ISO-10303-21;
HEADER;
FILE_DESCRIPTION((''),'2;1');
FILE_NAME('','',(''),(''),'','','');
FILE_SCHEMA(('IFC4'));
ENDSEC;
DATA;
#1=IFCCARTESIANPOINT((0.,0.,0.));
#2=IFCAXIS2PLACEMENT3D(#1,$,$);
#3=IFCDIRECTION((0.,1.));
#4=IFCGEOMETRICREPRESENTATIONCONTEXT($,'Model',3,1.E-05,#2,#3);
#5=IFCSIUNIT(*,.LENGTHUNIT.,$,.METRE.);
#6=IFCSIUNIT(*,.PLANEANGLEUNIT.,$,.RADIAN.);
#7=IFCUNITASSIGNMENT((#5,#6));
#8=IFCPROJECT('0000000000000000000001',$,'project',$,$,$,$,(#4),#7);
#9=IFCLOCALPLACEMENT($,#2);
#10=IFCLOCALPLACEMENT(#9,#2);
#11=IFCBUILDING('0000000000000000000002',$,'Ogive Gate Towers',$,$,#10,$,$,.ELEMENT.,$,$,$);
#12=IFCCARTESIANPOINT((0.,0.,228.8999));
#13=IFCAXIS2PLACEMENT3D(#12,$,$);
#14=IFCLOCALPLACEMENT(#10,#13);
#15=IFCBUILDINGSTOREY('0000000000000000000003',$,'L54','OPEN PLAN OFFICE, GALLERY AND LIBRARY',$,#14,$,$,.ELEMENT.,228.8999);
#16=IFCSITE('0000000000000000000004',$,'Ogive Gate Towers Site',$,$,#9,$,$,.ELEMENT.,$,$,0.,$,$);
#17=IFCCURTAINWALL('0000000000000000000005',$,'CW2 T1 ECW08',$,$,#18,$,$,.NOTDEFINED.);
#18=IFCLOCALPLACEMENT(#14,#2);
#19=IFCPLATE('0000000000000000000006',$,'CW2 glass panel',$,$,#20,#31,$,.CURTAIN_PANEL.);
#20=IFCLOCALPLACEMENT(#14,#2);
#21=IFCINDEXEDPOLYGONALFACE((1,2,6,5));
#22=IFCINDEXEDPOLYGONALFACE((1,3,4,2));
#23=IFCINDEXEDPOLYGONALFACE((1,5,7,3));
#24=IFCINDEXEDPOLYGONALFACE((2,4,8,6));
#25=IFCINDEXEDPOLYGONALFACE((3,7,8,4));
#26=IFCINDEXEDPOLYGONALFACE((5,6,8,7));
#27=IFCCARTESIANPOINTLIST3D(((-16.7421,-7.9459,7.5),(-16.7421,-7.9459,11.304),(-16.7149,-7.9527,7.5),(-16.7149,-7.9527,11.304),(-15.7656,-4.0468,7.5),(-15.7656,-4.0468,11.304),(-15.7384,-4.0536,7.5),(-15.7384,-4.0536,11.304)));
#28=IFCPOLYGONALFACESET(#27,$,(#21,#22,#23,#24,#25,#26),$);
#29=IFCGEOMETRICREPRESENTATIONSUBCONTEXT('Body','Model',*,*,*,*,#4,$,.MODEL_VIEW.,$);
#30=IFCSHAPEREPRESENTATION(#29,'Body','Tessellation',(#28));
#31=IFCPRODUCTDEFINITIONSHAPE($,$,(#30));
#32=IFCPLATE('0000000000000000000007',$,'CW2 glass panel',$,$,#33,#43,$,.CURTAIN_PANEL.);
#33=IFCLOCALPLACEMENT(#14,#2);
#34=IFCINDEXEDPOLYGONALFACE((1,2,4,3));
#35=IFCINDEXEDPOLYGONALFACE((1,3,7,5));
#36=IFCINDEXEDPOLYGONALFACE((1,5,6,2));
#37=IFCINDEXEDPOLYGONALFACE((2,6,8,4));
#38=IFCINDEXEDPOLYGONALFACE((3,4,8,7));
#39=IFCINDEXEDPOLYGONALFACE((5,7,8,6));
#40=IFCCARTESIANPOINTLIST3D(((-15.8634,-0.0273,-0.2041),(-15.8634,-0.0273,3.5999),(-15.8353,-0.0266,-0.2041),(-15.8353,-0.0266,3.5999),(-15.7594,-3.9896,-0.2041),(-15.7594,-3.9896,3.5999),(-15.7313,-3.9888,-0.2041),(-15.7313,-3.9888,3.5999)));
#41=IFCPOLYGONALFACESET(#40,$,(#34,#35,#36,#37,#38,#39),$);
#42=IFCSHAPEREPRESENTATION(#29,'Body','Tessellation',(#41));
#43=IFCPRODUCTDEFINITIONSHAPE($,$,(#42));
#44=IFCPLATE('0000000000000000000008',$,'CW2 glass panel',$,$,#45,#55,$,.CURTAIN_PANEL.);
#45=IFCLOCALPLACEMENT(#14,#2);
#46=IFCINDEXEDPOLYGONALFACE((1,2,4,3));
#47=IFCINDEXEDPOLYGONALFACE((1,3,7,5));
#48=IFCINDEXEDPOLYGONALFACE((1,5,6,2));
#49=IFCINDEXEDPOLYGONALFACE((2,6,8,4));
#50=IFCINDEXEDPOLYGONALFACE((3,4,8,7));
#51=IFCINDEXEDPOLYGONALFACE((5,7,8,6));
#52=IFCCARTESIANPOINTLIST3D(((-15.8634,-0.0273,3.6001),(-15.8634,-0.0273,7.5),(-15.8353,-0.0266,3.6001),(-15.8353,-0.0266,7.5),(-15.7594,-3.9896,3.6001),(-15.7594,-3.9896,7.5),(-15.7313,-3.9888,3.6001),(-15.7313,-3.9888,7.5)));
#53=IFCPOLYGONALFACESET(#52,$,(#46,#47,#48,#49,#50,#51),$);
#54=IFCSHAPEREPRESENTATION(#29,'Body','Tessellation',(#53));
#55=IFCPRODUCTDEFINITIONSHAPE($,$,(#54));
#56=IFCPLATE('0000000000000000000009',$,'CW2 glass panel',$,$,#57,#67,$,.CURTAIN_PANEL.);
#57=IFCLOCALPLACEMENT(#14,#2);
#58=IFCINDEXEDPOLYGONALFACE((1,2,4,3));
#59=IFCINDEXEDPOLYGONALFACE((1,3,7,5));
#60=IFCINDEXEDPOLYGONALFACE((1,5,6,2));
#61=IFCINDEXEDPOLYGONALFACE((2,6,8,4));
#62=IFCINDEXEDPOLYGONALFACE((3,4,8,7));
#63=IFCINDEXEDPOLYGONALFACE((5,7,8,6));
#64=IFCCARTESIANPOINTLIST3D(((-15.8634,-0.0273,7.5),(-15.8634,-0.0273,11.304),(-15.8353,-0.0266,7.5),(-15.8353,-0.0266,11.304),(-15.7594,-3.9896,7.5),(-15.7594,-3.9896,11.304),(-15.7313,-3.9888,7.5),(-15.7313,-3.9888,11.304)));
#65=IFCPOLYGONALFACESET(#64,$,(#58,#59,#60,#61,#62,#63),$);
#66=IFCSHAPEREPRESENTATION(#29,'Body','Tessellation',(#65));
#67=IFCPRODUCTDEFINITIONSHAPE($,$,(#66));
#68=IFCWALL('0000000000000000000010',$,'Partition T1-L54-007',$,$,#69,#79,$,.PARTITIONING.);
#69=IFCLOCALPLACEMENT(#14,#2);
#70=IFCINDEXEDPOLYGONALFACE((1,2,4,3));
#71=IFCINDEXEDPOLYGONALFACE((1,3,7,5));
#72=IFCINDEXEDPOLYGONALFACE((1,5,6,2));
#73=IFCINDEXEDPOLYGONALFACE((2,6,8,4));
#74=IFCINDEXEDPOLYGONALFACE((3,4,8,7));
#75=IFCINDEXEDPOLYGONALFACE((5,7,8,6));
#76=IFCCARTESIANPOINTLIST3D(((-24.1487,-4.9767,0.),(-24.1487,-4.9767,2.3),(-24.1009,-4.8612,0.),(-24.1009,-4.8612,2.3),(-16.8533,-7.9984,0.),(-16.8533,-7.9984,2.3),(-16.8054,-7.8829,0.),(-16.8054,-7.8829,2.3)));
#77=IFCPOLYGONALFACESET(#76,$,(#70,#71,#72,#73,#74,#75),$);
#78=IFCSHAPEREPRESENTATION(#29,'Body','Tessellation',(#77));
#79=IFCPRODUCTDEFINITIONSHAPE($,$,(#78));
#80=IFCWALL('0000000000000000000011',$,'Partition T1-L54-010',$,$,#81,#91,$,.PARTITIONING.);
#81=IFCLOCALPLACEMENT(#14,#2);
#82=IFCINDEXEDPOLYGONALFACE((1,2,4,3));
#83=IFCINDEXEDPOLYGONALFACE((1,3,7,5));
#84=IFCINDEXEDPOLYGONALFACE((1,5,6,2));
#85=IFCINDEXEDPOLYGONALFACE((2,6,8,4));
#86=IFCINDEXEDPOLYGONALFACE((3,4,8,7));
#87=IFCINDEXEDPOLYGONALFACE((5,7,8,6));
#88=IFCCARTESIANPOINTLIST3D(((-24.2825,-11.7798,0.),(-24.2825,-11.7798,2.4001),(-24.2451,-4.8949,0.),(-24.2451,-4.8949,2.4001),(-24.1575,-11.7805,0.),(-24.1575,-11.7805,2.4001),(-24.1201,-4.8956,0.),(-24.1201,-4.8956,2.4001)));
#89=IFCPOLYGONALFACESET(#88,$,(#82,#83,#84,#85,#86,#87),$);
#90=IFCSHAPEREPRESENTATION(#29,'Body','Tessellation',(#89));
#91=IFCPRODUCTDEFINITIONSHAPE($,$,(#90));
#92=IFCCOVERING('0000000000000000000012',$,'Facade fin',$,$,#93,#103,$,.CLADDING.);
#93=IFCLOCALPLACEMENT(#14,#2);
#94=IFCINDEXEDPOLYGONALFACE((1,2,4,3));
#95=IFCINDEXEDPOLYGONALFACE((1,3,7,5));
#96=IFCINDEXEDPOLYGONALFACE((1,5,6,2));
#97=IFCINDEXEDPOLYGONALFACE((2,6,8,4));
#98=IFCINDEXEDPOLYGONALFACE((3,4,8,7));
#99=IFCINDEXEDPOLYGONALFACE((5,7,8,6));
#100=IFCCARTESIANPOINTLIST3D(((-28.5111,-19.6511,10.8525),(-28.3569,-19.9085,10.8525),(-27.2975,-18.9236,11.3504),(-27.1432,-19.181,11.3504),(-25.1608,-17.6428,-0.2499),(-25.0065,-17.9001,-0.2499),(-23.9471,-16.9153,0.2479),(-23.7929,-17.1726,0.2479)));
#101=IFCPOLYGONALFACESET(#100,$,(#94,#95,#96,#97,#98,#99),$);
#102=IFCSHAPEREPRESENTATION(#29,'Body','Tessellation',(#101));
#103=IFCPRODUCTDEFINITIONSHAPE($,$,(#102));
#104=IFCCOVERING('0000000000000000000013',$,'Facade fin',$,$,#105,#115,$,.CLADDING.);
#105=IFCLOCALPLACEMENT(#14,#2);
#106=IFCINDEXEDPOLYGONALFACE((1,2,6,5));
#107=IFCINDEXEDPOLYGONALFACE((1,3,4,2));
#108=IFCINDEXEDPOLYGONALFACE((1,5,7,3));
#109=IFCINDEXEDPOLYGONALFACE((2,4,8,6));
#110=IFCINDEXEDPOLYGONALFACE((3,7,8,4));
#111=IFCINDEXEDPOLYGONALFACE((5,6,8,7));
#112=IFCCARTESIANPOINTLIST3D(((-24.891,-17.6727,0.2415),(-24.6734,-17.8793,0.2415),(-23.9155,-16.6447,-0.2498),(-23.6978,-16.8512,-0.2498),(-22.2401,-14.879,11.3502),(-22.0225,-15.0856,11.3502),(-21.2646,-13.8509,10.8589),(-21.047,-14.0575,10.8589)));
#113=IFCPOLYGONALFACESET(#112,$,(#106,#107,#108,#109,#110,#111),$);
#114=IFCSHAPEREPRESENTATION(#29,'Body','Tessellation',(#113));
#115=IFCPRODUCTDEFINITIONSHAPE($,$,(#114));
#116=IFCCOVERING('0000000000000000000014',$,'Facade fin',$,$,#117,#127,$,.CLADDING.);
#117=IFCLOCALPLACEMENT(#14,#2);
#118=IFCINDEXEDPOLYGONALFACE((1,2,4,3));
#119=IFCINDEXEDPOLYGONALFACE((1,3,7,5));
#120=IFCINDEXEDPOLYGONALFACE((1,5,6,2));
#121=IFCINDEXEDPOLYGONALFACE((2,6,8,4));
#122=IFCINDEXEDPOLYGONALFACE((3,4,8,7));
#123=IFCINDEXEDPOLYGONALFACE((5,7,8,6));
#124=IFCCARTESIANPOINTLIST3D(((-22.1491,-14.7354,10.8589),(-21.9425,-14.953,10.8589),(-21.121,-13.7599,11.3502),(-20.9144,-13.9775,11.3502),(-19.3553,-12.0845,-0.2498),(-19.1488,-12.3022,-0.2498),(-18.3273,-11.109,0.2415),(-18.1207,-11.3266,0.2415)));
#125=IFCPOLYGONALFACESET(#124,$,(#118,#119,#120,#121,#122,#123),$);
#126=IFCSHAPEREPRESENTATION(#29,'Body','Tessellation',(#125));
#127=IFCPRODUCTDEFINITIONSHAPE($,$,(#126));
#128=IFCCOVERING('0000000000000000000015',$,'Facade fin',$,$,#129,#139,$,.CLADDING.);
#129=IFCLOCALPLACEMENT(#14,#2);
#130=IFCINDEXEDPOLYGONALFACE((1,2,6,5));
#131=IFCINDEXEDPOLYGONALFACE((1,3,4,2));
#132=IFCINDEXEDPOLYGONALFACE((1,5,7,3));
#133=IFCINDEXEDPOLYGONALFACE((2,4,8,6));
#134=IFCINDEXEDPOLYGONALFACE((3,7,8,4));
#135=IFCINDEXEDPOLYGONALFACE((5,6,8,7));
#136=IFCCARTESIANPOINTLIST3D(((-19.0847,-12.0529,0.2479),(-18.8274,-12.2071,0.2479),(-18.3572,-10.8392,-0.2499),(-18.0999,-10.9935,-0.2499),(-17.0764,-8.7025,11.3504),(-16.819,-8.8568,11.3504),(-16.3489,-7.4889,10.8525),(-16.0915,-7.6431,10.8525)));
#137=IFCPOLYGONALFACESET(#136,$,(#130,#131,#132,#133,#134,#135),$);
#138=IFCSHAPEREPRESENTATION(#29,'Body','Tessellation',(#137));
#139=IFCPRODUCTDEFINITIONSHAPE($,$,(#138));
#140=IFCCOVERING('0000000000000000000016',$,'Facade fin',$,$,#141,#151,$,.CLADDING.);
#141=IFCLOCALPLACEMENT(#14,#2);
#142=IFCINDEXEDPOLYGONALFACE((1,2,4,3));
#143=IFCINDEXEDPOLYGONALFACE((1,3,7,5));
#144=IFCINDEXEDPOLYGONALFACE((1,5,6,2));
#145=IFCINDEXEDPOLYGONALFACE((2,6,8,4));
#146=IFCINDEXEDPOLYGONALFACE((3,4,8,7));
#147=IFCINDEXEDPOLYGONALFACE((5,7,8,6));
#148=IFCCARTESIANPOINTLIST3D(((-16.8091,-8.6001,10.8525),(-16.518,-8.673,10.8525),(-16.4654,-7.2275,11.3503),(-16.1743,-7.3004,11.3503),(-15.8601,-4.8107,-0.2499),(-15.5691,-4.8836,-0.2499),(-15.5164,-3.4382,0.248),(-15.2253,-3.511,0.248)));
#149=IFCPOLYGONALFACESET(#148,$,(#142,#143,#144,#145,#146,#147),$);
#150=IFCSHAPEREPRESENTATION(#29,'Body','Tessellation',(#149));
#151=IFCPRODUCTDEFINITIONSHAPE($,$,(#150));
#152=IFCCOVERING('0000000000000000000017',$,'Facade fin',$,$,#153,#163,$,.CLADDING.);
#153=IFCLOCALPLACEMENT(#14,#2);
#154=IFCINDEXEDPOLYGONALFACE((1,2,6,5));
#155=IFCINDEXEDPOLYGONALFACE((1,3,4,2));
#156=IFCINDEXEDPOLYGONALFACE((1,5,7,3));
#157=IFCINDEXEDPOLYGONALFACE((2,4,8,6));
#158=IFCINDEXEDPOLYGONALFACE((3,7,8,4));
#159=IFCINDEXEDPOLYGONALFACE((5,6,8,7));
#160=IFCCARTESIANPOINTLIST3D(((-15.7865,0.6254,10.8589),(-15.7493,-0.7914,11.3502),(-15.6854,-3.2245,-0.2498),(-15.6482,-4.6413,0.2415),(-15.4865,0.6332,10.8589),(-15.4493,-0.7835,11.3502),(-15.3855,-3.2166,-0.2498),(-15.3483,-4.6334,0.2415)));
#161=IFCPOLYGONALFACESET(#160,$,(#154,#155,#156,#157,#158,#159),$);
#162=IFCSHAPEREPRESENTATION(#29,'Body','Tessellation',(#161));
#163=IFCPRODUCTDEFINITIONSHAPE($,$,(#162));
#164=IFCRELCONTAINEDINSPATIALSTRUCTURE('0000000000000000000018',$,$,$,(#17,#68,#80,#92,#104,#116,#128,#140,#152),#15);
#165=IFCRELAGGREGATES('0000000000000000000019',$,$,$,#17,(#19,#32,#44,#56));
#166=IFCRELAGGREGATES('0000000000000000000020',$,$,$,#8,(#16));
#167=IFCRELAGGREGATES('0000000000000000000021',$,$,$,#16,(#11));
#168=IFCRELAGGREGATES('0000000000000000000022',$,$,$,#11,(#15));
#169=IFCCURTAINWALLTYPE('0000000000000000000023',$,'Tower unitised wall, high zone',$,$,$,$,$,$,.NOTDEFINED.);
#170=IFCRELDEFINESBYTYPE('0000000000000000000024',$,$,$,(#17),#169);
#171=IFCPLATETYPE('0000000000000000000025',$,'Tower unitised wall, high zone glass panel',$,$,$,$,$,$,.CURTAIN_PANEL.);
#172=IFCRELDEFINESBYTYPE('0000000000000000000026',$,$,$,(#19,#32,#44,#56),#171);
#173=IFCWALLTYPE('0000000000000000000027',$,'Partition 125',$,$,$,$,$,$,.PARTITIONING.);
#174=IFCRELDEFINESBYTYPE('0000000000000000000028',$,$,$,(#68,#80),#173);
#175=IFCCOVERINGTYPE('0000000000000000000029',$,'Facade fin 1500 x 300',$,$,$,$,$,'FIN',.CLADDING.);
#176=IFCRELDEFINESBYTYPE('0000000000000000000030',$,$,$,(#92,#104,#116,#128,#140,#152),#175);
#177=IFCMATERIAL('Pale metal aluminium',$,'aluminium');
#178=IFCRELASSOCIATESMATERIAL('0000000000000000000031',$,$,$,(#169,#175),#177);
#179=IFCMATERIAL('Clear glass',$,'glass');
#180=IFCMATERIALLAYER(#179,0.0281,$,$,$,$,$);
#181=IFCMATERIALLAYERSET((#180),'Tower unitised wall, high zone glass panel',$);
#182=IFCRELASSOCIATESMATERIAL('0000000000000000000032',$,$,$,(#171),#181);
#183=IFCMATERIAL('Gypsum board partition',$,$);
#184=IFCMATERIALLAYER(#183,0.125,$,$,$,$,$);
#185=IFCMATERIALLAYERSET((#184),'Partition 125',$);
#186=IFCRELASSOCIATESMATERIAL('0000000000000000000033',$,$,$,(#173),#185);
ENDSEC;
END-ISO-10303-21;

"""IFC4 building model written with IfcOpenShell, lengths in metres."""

from ifc_helpers import new_model, si_unit, direction, frame, frame_2d, origin, origin_2d, place, context, subcontext, project, spatial, rectangle, extrude, material, layer, layer_set, material_profile, profile_set, type_object, element, aggregate, save


model = new_model("IFC4")

# Units and contexts
model_context = context("Model", 3, precision=1e-05, world=origin(), true_north=direction((0.0, 1.0)))
body_context = subcontext(model_context, "Body", "Model", "MODEL_VIEW")
ifc_project = project(units=[si_unit("LENGTHUNIT", "METRE"), si_unit("PLANEANGLEUNIT", "RADIAN")], contexts=[model_context])

# Site, building, storey
site_placement = place(None, origin())
site = spatial("IfcSite", under=ifc_project, at=site_placement, Name="Ogive Gate Towers Site", CompositionType="ELEMENT", RefElevation=0.0)
building_placement = place(site_placement, origin())
building = spatial("IfcBuilding", under=site, at=building_placement, Name="Ogive Gate Towers", CompositionType="ELEMENT")
storey_placement = place(building_placement, frame((0.0, 0.0, 228.8999)))
storey = spatial("IfcBuildingStorey", under=building, at=storey_placement, Name="L54", Description="OPEN PLAN OFFICE, GALLERY AND LIBRARY", CompositionType="ELEMENT", Elevation=228.8999)

# Shared definitions
ifc_material_1 = material(Name="Pale metal aluminium", Category="aluminium")
curtain_wall_type = type_object("IfcCurtainWallType", Name="Tower unitised wall, high zone", PredefinedType="NOTDEFINED", material=ifc_material_1)

# Curtain wall
curtain_wall_1_placement = place(storey_placement, origin())
curtain_wall_1 = element("IfcCurtainWall", 1, at=curtain_wall_1_placement, inside=storey, type_object=curtain_wall_type, Name="CW2 T1 ECW08", PredefinedType="NOTDEFINED")

# Plates
ifc_material_2 = material(Name="Clear glass", Category="glass")
ifc_layer_1 = layer(ifc_material_2, 0.0281)
ifc_layer_set_1 = layer_set([ifc_layer_1], Name="Tower unitised wall, high zone glass panel")
plate_type = type_object("IfcPlateType", Name="Tower unitised wall, high zone glass panel", PredefinedType="CURTAIN_PANEL", material=ifc_layer_set_1)
plate_1_placement = place(storey_placement, frame((-16.2402, -5.9998, 7.5), z_axis=(0.0, 0.0, 1.0), x_axis=(0.242938, 0.970042, 0.0)))
plate_1 = element("IfcPlate", 2, at=plate_1_placement, type_object=plate_type, Name="CW2 glass panel", PredefinedType="CURTAIN_PANEL", context=body_context, shape_type="SweptSolid", body=[
    extrude(rectangle(XDim=4.0195, YDim=0.0281, at=origin_2d()), origin(), (0.0, 0.0, 1.0), 3.804),
])
plate_2_placement = place(storey_placement, frame((-15.7974, -2.0081, -0.2041), z_axis=(0.0, 0.0, 1.0), x_axis=(-0.026229, 0.999656, 0.0)))
plate_2 = element("IfcPlate", 3, at=plate_2_placement, type_object=plate_type, Name="CW2 glass panel", PredefinedType="CURTAIN_PANEL", context=body_context, shape_type="SweptSolid", body=[
    extrude(rectangle(XDim=3.9636, YDim=0.0281, at=origin_2d()), origin(), (0.0, 0.0, 1.0), 3.804),
])
plate_3_placement = place(storey_placement, frame((-15.7974, -2.0081, 3.6001), z_axis=(0.0, 0.0, 1.0), x_axis=(-0.026229, 0.999656, 0.0)))
plate_3 = element("IfcPlate", 4, at=plate_3_placement, type_object=plate_type, Name="CW2 glass panel", PredefinedType="CURTAIN_PANEL", context=body_context, shape_type="SweptSolid", body=[
    extrude(rectangle(XDim=3.9636, YDim=0.0281, at=origin_2d()), origin(), (0.0, 0.0, 1.0), 3.8999),
])
plate_4_placement = place(storey_placement, frame((-15.7974, -2.0081, 7.5), z_axis=(0.0, 0.0, 1.0), x_axis=(-0.026229, 0.999656, 0.0)))
plate_4 = element("IfcPlate", 5, at=plate_4_placement, type_object=plate_type, Name="CW2 glass panel", PredefinedType="CURTAIN_PANEL", context=body_context, shape_type="SweptSolid", body=[
    extrude(rectangle(XDim=3.9636, YDim=0.0281, at=origin_2d()), origin(), (0.0, 0.0, 1.0), 3.804),
])
aggregate(curtain_wall_1, [plate_1, plate_2, plate_3, plate_4])

# Walls
ifc_material_3 = material(Name="Gypsum board partition")
ifc_layer_2 = layer(ifc_material_3, 0.125)
ifc_layer_set_2 = layer_set([ifc_layer_2], Name="Partition 125")
wall_type = type_object("IfcWallType", Name="Partition 125", PredefinedType="PARTITIONING", material=ifc_layer_set_2)
wall_1_placement = place(storey_placement, frame((-16.8293, -7.9407, 0.0), z_axis=(0.0, 0.0, 1.0), x_axis=(-0.923885, 0.382669, 0.0)))
element("IfcWall", 6, at=wall_1_placement, inside=storey, type_object=wall_type, Name="Partition T1-L54-007", PredefinedType="PARTITIONING", context=body_context, shape_type="SweptSolid", body=[
    extrude(rectangle(XDim=7.8965, YDim=0.125, at=frame_2d((3.9482, 0.0))), origin(), (0.0, 0.0, 1.0), 2.3),
])
wall_2_placement = place(storey_placement, frame((-24.22, -11.78, 0.0), z_axis=(0.0, 0.0, 1.0), x_axis=(0.005425, 0.999985, 0.0)))
element("IfcWall", 7, at=wall_2_placement, inside=storey, type_object=wall_type, Name="Partition T1-L54-010", PredefinedType="PARTITIONING", context=body_context, shape_type="SweptSolid", body=[
    extrude(rectangle(XDim=6.885, YDim=0.125, at=frame_2d((3.4424, 0.0))), origin(), (0.0, 0.0, 1.0), 2.4001),
])

# Coverings
ifc_material_profile_1 = material_profile(ifc_material_1, rectangle(XDim=0.3, YDim=1.5, at=origin_2d()), Name="1500 x 300 pale metal aluminium")
ifc_profile_set_1 = profile_set([ifc_material_profile_1], Name="Pale metal aluminium")
covering_type = type_object("IfcCoveringType", Name="Facade fin 1500 x 300", ElementType="FIN", PredefinedType="CLADDING", material=ifc_profile_set_1)
covering_1_placement = place(storey_placement, frame((-24.4768, -17.4077, -0.001), z_axis=(-0.284665, -0.170637, 0.943318), x_axis=(0.514137, -0.857708, 0.0)))
element("IfcCovering", 8, at=covering_1_placement, inside=storey, type_object=covering_type, Name="Facade fin", PredefinedType="CLADDING", context=body_context, shape_type="SweptSolid", body=[
    extrude(rectangle(XDim=0.3, YDim=1.5, at=origin_2d()), origin(), (0.0, 0.0, 1.0), 11.7695),
])
for number, where, z_axis, x_axis, name in (
    (9, (-24.2944, -17.262, -0.0042), (0.225467, 0.237614, 0.94483), (-0.725406, 0.688321, 0.0), "Facade fin"),
    (10, (-18.738, -11.7056, -0.0042), (-0.237614, -0.225467, 0.94483), (0.688321, -0.725406, 0.0), "Facade fin"),
):
    element("IfcCovering", number, at=place(storey_placement, frame(where, z_axis=z_axis, x_axis=x_axis)), inside=storey, type_object=covering_type, Name=name, PredefinedType="CLADDING", context=body_context, shape_type="SweptSolid", body=[
        extrude(rectangle(XDim=0.3, YDim=1.5, at=origin_2d()), origin(), (0.0, 0.0, 1.0), 11.7573),
    ])
for number, where, z_axis, x_axis, name in (
    (11, (-18.5923, -11.5232, -0.001), (0.170637, 0.284665, 0.943318), (-0.857708, 0.514137, 0.0), "Facade fin"),
    (12, (-15.5427, -4.1609, -0.001), (-0.08063, -0.321961, 0.943313), (0.970043, -0.242933, 0.0), "Facade fin"),
):
    element("IfcCovering", number, at=place(storey_placement, frame(where, z_axis=z_axis, x_axis=x_axis)), inside=storey, type_object=covering_type, Name=name, PredefinedType="CLADDING", context=body_context, shape_type="SweptSolid", body=[
        extrude(rectangle(XDim=0.3, YDim=1.5, at=origin_2d()), origin(), (0.0, 0.0, 1.0), 11.7695),
    ])
covering_2_placement = place(storey_placement, frame((-15.5168, -3.929, -0.0042), z_axis=(-0.008597, 0.327444, 0.944831), x_axis=(-0.999656, -0.026245, 0.0)))
element("IfcCovering", 13, at=covering_2_placement, inside=storey, type_object=covering_type, Name="Facade fin", PredefinedType="CLADDING", context=body_context, shape_type="SweptSolid", body=[
    extrude(rectangle(XDim=0.3, YDim=1.5, at=origin_2d()), origin(), (0.0, 0.0, 1.0), 11.7573),
])

save(model, "model.ifc")
